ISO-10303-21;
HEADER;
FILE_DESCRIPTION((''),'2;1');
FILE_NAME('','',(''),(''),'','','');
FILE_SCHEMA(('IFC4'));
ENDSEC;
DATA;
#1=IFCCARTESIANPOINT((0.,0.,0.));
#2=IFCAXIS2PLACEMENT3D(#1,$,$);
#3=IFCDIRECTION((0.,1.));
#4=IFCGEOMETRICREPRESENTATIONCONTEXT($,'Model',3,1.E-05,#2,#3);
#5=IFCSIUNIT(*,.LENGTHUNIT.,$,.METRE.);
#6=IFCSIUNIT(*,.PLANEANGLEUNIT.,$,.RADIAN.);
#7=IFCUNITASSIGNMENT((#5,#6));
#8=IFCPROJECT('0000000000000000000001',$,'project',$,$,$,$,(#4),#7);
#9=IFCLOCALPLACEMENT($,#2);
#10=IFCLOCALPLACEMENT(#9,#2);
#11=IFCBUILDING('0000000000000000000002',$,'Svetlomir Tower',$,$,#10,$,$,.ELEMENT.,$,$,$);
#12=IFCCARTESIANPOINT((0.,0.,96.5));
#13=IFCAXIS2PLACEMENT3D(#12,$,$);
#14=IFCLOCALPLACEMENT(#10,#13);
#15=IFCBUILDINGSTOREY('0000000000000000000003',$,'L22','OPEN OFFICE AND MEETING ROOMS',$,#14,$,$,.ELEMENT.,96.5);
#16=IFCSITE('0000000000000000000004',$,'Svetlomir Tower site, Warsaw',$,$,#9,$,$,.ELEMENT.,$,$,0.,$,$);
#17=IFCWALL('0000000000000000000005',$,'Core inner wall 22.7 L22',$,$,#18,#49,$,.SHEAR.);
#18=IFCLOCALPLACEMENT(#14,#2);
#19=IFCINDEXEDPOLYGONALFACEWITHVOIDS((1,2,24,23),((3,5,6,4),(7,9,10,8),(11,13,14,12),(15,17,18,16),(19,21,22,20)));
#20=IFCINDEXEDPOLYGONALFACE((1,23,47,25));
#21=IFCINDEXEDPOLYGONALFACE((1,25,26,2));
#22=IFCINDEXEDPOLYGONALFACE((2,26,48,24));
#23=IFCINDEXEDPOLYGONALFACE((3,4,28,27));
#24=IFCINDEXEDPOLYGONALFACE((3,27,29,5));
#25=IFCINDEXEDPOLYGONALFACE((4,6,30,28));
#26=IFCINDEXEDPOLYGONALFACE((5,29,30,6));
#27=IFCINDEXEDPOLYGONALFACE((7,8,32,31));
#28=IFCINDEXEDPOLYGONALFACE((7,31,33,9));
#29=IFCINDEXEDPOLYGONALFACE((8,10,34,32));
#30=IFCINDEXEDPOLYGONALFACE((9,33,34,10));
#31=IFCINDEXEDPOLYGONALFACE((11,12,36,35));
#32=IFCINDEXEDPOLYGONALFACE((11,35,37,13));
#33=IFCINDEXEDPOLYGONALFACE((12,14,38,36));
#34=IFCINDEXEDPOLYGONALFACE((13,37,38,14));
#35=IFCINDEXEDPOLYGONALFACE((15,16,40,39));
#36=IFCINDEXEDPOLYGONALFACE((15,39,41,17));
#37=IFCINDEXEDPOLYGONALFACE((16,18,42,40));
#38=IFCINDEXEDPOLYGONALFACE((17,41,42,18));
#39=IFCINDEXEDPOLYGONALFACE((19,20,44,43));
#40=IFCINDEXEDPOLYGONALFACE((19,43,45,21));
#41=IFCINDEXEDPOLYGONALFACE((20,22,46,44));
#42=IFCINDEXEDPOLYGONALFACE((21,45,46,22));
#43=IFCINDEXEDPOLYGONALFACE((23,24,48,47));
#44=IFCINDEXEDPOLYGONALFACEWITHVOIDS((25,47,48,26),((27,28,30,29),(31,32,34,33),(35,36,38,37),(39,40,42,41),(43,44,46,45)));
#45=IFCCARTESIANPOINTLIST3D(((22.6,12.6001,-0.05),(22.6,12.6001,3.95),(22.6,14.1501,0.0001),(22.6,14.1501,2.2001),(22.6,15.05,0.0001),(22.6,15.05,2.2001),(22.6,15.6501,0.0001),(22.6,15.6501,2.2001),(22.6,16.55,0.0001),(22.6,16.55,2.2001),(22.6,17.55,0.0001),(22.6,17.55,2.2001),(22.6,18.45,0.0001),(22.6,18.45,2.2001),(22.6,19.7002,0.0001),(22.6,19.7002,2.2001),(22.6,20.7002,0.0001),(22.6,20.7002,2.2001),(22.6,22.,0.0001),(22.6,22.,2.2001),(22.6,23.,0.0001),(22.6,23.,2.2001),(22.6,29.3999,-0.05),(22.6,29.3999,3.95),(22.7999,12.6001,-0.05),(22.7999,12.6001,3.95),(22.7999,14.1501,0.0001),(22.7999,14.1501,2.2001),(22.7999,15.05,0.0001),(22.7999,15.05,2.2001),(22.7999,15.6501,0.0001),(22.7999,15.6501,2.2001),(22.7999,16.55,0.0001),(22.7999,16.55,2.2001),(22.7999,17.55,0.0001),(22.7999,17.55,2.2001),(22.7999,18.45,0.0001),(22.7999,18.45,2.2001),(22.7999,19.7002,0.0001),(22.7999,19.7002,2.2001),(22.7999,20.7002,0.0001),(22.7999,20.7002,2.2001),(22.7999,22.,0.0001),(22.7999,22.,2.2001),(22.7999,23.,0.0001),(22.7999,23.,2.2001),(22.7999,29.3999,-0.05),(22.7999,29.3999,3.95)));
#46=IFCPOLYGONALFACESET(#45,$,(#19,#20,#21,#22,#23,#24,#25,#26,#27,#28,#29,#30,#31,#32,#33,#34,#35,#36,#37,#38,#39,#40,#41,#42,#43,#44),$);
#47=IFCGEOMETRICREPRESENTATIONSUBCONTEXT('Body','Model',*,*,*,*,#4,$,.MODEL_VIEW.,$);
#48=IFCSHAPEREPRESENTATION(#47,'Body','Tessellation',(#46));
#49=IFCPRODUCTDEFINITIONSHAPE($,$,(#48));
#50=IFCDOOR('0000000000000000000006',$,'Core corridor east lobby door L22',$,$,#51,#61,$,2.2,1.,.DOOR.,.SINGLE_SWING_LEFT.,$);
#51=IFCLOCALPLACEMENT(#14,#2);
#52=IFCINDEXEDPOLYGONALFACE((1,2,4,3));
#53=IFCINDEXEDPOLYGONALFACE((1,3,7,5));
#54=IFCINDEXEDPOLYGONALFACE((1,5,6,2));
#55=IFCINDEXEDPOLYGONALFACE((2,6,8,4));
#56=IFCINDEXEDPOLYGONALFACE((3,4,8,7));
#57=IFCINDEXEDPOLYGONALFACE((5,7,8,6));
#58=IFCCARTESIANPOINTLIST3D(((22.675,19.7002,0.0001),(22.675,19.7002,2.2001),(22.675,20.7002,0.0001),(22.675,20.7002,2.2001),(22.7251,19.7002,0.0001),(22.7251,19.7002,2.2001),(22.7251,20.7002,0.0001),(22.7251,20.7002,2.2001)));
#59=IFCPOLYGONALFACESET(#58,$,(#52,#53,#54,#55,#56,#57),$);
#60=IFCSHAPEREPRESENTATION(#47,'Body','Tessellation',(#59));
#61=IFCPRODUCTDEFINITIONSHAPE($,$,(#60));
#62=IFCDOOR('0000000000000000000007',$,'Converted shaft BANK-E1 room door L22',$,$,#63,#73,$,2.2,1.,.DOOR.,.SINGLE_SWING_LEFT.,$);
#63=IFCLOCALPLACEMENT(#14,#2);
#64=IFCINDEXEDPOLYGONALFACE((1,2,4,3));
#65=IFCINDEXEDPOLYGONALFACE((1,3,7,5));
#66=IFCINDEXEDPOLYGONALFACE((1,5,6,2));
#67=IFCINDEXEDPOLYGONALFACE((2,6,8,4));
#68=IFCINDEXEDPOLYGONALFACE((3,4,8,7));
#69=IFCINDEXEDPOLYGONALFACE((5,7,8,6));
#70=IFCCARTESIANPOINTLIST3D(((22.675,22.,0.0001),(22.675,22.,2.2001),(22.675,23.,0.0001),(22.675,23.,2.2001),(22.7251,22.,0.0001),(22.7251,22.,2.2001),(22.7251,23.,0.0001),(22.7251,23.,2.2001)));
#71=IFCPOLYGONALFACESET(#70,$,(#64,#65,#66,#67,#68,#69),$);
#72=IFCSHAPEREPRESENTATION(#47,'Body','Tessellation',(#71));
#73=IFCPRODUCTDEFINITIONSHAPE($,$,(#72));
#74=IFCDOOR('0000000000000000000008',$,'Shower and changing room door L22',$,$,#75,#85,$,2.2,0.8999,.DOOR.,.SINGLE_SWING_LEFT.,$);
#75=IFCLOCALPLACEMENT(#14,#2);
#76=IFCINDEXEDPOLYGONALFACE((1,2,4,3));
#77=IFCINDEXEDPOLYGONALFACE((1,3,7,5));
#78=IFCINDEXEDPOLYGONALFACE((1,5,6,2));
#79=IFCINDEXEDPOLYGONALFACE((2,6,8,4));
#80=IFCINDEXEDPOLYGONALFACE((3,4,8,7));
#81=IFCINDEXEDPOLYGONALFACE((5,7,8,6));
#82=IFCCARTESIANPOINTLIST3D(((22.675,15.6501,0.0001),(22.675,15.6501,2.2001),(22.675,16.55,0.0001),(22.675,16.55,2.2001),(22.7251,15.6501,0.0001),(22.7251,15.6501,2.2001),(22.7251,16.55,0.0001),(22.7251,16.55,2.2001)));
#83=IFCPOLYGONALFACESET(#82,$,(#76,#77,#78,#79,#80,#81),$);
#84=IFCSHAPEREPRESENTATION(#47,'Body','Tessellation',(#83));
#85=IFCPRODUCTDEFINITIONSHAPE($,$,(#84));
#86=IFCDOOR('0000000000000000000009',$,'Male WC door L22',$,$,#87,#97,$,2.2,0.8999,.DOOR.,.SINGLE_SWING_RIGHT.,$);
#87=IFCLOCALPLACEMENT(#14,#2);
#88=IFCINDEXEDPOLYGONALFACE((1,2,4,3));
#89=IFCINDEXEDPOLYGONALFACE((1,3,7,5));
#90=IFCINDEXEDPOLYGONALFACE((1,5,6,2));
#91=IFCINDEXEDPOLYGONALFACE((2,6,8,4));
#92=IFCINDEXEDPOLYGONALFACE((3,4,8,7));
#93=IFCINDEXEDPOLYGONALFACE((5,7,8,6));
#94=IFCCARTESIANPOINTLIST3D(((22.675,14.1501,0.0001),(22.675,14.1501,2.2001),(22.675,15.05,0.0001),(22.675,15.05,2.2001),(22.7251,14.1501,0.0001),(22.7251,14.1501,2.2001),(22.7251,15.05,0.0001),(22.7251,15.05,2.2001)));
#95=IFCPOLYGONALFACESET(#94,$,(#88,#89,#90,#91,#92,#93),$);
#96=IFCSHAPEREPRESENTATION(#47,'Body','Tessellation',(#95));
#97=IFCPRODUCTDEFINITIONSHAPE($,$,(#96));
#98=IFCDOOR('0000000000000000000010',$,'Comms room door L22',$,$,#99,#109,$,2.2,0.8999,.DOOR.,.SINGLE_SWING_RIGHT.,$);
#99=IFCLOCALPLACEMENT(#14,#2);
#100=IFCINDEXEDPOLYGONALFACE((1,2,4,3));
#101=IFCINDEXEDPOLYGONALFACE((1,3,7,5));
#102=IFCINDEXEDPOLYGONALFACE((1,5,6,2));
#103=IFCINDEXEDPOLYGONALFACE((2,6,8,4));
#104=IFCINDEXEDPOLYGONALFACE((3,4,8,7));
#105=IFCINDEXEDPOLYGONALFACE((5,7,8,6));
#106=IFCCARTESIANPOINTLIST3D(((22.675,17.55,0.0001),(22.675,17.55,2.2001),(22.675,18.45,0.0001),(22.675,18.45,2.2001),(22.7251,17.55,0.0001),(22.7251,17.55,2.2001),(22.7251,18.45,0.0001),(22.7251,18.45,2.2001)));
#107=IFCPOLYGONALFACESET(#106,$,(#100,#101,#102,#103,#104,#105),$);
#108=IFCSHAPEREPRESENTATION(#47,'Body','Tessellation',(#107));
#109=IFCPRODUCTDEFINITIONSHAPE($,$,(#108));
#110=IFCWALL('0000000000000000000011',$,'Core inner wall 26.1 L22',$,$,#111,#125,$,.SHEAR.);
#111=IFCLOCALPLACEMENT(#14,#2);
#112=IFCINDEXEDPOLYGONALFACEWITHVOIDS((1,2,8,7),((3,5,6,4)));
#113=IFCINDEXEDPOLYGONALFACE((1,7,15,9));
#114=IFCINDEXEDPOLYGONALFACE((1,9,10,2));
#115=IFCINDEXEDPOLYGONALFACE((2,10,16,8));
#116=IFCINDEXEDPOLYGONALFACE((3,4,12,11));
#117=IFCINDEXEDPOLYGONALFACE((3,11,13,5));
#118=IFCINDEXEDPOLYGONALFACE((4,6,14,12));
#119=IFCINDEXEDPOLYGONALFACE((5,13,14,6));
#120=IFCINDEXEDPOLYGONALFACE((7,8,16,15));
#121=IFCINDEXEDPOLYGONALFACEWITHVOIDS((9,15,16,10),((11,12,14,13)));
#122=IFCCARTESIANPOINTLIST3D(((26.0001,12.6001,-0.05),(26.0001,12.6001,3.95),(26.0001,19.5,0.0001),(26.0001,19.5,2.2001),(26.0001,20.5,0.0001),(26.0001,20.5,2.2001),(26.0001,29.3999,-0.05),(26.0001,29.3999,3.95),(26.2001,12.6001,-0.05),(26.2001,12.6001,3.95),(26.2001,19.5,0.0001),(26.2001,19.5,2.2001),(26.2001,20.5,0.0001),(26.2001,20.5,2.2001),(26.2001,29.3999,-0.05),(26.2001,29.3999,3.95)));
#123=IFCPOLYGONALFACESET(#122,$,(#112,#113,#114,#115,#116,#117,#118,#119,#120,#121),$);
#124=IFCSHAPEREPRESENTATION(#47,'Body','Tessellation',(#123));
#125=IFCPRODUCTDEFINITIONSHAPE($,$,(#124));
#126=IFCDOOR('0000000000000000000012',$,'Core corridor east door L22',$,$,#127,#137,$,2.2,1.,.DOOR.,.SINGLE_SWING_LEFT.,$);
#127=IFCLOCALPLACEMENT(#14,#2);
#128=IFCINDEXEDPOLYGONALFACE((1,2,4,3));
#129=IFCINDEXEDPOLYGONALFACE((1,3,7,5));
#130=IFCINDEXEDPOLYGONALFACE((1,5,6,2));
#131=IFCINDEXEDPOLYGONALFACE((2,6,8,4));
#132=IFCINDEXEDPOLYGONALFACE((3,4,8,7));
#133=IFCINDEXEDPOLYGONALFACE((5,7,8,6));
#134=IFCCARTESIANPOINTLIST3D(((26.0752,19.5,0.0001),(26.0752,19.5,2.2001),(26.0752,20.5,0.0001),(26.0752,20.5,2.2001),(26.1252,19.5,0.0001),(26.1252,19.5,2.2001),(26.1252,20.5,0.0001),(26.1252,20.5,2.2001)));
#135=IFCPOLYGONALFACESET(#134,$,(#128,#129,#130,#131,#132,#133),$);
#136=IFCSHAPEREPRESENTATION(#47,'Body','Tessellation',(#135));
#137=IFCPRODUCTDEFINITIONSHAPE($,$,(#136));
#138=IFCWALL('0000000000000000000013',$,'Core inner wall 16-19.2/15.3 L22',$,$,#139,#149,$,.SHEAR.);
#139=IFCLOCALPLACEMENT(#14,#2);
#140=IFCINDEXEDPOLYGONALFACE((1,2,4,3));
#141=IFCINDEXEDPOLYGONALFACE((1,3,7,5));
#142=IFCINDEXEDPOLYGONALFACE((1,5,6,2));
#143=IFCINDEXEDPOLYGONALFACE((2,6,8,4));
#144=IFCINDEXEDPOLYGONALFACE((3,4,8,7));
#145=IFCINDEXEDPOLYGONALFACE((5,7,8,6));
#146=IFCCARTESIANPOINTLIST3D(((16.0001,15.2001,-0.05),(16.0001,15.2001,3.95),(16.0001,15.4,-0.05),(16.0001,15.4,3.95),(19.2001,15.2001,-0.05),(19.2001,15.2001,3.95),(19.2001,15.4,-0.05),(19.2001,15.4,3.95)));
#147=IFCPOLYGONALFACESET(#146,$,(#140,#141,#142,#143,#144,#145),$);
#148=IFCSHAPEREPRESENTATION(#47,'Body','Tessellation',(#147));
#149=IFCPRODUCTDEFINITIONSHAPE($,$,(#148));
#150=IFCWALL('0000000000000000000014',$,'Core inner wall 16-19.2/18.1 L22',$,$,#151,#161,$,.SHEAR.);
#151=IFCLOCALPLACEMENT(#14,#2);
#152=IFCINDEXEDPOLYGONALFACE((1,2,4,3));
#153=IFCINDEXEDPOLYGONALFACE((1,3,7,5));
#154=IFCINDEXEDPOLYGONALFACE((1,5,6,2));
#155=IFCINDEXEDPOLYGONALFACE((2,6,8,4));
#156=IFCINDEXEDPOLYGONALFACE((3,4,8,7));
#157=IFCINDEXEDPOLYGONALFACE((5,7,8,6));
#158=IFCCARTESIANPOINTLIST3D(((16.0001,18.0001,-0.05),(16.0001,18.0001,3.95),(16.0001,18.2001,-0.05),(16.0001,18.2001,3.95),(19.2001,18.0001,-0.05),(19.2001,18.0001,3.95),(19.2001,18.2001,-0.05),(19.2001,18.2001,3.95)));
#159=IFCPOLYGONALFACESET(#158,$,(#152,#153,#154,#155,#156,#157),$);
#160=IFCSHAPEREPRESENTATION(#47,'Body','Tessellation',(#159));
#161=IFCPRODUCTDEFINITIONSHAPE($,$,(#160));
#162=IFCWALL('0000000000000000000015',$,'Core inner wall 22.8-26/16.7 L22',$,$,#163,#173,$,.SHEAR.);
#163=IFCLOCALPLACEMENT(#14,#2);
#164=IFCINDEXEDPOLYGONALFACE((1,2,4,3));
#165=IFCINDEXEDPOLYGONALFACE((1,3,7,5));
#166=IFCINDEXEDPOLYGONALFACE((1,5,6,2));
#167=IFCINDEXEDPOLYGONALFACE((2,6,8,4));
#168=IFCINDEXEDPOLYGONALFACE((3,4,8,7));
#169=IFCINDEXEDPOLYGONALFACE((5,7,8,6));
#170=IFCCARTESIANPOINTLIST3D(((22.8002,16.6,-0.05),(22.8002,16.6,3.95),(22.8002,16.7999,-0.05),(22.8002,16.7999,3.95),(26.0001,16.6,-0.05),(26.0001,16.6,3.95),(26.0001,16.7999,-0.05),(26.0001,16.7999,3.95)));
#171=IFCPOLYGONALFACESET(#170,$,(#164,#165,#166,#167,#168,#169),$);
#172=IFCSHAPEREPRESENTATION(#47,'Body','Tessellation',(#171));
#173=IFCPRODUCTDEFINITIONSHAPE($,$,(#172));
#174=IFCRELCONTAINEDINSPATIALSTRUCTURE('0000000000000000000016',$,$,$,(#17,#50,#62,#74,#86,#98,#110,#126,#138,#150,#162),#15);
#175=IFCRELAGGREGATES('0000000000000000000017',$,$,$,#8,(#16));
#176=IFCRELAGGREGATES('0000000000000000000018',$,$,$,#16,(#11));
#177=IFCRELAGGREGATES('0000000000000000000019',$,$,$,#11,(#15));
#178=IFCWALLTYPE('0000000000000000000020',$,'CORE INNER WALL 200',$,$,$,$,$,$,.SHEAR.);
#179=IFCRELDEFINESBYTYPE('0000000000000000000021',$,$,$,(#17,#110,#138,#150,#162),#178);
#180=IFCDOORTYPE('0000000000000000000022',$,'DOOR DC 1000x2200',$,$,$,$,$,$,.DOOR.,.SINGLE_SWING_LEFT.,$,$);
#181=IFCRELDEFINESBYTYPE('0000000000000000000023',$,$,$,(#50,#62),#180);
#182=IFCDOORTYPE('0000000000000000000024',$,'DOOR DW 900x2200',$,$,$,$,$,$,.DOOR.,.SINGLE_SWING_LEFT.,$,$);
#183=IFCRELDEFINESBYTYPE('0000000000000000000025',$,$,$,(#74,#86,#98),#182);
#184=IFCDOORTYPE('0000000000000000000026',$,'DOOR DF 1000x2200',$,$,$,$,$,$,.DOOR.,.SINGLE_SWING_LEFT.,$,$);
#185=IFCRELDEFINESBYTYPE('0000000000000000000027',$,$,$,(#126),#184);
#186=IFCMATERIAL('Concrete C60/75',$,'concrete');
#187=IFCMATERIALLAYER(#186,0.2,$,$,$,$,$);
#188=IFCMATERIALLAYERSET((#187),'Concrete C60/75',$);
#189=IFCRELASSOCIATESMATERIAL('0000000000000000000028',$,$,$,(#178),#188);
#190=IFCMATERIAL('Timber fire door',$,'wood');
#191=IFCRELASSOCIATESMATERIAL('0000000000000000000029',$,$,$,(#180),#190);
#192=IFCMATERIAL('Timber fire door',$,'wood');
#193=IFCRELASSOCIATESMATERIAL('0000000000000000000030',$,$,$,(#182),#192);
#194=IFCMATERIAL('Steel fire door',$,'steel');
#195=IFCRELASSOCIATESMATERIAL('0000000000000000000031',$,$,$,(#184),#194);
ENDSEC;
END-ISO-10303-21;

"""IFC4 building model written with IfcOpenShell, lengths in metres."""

from ifc_helpers import new_model, si_unit, direction, frame, frame_2d, origin, place, context, subcontext, project, spatial, rectangle, extrude, material, layer, layer_set, type_object, element, fill, save


model = new_model("IFC4")

# Units and contexts
model_context = context("Model", 3, precision=1e-05, world=origin(), true_north=direction((0.0, 1.0)))
body_context = subcontext(model_context, "Body", "Model", "MODEL_VIEW")
ifc_project = project(units=[si_unit("LENGTHUNIT", "METRE"), si_unit("PLANEANGLEUNIT", "RADIAN")], contexts=[model_context])

# Site, building, storey
site_placement = place(None, origin())
site = spatial("IfcSite", under=ifc_project, at=site_placement, Name="Svetlomir Tower site, Warsaw", CompositionType="ELEMENT", RefElevation=0.0)
building_placement = place(site_placement, origin())
building = spatial("IfcBuilding", under=site, at=building_placement, Name="Svetlomir Tower", CompositionType="ELEMENT")
storey_placement = place(building_placement, frame((0.0, 0.0, 96.5)))
storey = spatial("IfcBuildingStorey", under=building, at=storey_placement, Name="L22", Description="OPEN OFFICE AND MEETING ROOMS", CompositionType="ELEMENT", Elevation=96.5)

# Wall, openings, doors
ifc_material_1 = material(Name="Concrete C60/75", Category="concrete")
ifc_layer_1 = layer(ifc_material_1, 0.2)
ifc_layer_set_1 = layer_set([ifc_layer_1], Name="Concrete C60/75")
wall_type_1 = type_object("IfcWallType", Name="CORE INNER WALL 200", PredefinedType="SHEAR", material=ifc_layer_set_1)
wall_1_placement = place(storey_placement, frame((22.7, 12.6001, -0.05), z_axis=(0.0, 0.0, 1.0), x_axis=(0.0, 1.0, 0.0)))
wall_1 = element("IfcWall", 1, at=wall_1_placement, inside=storey, type_object=wall_type_1, Name="Core inner wall 22.7 L22", PredefinedType="SHEAR", context=body_context, shape_type="SweptSolid", body=[
    extrude(rectangle(XDim=16.7998, YDim=0.2, at=frame_2d((8.3999, 0.0))), origin(), (0.0, 0.0, 1.0), 4.0),
])
opening_1_placement = place(wall_1_placement, frame((3.05, 0.0, 0.05)))
opening_1 = element("IfcOpeningElement", 2, at=opening_1_placement, cuts=wall_1, PredefinedType="OPENING", context=body_context, shape_type="SweptSolid", body=[
    extrude(rectangle(XDim=0.8999, YDim=2.2, at=frame_2d((0.45, 1.1001))), frame((0.0, 0.1099, 0.0), z_axis=(0.0, -1.0, 0.0), x_axis=(1.0, 0.0, 0.0)), (0.0, 0.0, 1.0), 0.22),
])
opening_2_placement = place(wall_1_placement, frame((7.1001, 0.0, 0.05)))
opening_2 = element("IfcOpeningElement", 3, at=opening_2_placement, cuts=wall_1, PredefinedType="OPENING", context=body_context, shape_type="SweptSolid", body=[
    extrude(rectangle(XDim=1.0, YDim=2.2, at=frame_2d((0.5, 1.1001))), frame((0.0, 0.1099, 0.0), z_axis=(0.0, -1.0, 0.0), x_axis=(1.0, 0.0, 0.0)), (0.0, 0.0, 1.0), 0.22),
])
opening_3_placement = place(wall_1_placement, frame((1.55, 0.0, 0.05)))
opening_3 = element("IfcOpeningElement", 4, at=opening_3_placement, cuts=wall_1, PredefinedType="OPENING", context=body_context, shape_type="SweptSolid", body=[
    extrude(rectangle(XDim=0.8999, YDim=2.2, at=frame_2d((0.45, 1.1001))), frame((0.0, 0.1099, 0.0), z_axis=(0.0, -1.0, 0.0), x_axis=(1.0, 0.0, 0.0)), (0.0, 0.0, 1.0), 0.22),
])
opening_4_placement = place(wall_1_placement, frame((4.95, 0.0, 0.05)))
opening_4 = element("IfcOpeningElement", 5, at=opening_4_placement, cuts=wall_1, PredefinedType="OPENING", context=body_context, shape_type="SweptSolid", body=[
    extrude(rectangle(XDim=0.8999, YDim=2.2, at=frame_2d((0.45, 1.1001))), frame((0.0, 0.1099, 0.0), z_axis=(0.0, -1.0, 0.0), x_axis=(1.0, 0.0, 0.0)), (0.0, 0.0, 1.0), 0.22),
])
opening_5_placement = place(wall_1_placement, frame((9.3999, 0.0, 0.05)))
opening_5 = element("IfcOpeningElement", 6, at=opening_5_placement, cuts=wall_1, PredefinedType="OPENING", context=body_context, shape_type="SweptSolid", body=[
    extrude(rectangle(XDim=1.0, YDim=2.2, at=frame_2d((0.5, 1.1001))), frame((0.0, 0.1099, 0.0), z_axis=(0.0, -1.0, 0.0), x_axis=(1.0, 0.0, 0.0)), (0.0, 0.0, 1.0), 0.22),
])
ifc_material_2 = material(Name="Timber fire door", Category="wood")
door_type_1 = type_object("IfcDoorType", Name="DOOR DC 1000x2200", OperationType="SINGLE_SWING_LEFT", PredefinedType="DOOR", material=ifc_material_2)
door_1_placement = place(opening_2_placement, origin())
door_1 = element("IfcDoor", 7, at=door_1_placement, inside=storey, type_object=door_type_1, Name="Core corridor east lobby door L22", OperationType="SINGLE_SWING_LEFT", OverallHeight=2.2, OverallWidth=1.0, PredefinedType="DOOR", context=body_context, shape_type="SweptSolid", body=[
    extrude(rectangle(XDim=1.0, YDim=2.2, at=frame_2d((0.5, 1.1001))), frame((0.0, 0.0249, 0.0), z_axis=(0.0, -1.0, 0.0), x_axis=(1.0, 0.0, 0.0)), (0.0, 0.0, 1.0), 0.05),
])
fill(opening_2, door_1)
door_2_placement = place(opening_5_placement, origin())
door_2 = element("IfcDoor", 8, at=door_2_placement, inside=storey, type_object=door_type_1, Name="Converted shaft BANK-E1 room door L22", OperationType="SINGLE_SWING_LEFT", OverallHeight=2.2, OverallWidth=1.0, PredefinedType="DOOR", context=body_context, shape_type="SweptSolid", body=[
    extrude(rectangle(XDim=1.0, YDim=2.2, at=frame_2d((0.5, 1.1001))), frame((0.0, 0.0249, 0.0), z_axis=(0.0, -1.0, 0.0), x_axis=(1.0, 0.0, 0.0)), (0.0, 0.0, 1.0), 0.05),
])
fill(opening_5, door_2)
ifc_material_3 = material(Name="Timber fire door", Category="wood")
door_type_2 = type_object("IfcDoorType", Name="DOOR DW 900x2200", OperationType="SINGLE_SWING_LEFT", PredefinedType="DOOR", material=ifc_material_3)
door_3_placement = place(opening_1_placement, origin())
door_3 = element("IfcDoor", 9, at=door_3_placement, inside=storey, type_object=door_type_2, Name="Shower and changing room door L22", OperationType="SINGLE_SWING_LEFT", OverallHeight=2.2, OverallWidth=0.8999, PredefinedType="DOOR", context=body_context, shape_type="SweptSolid", body=[
    extrude(rectangle(XDim=0.8999, YDim=2.2, at=frame_2d((0.45, 1.1001))), frame((0.0, 0.0249, 0.0), z_axis=(0.0, -1.0, 0.0), x_axis=(1.0, 0.0, 0.0)), (0.0, 0.0, 1.0), 0.05),
])
fill(opening_1, door_3)
door_4_placement = place(opening_3_placement, origin())
door_4 = element("IfcDoor", 10, at=door_4_placement, inside=storey, type_object=door_type_2, Name="Male WC door L22", OperationType="SINGLE_SWING_RIGHT", OverallHeight=2.2, OverallWidth=0.8999, PredefinedType="DOOR", context=body_context, shape_type="SweptSolid", body=[
    extrude(rectangle(XDim=0.8999, YDim=2.2, at=frame_2d((0.45, 1.1001))), frame((0.0, 0.0249, 0.0), z_axis=(0.0, -1.0, 0.0), x_axis=(1.0, 0.0, 0.0)), (0.0, 0.0, 1.0), 0.05),
])
fill(opening_3, door_4)
door_5_placement = place(opening_4_placement, origin())
door_5 = element("IfcDoor", 11, at=door_5_placement, inside=storey, type_object=door_type_2, Name="Comms room door L22", OperationType="SINGLE_SWING_RIGHT", OverallHeight=2.2, OverallWidth=0.8999, PredefinedType="DOOR", context=body_context, shape_type="SweptSolid", body=[
    extrude(rectangle(XDim=0.8999, YDim=2.2, at=frame_2d((0.45, 1.1001))), frame((0.0, 0.0249, 0.0), z_axis=(0.0, -1.0, 0.0), x_axis=(1.0, 0.0, 0.0)), (0.0, 0.0, 1.0), 0.05),
])
fill(opening_4, door_5)

# Wall, opening, door
wall_2_placement = place(storey_placement, frame((26.1001, 12.6001, -0.05), z_axis=(0.0, 0.0, 1.0), x_axis=(0.0, 1.0, 0.0)))
wall_2 = element("IfcWall", 12, at=wall_2_placement, inside=storey, type_object=wall_type_1, Name="Core inner wall 26.1 L22", PredefinedType="SHEAR", context=body_context, shape_type="SweptSolid", body=[
    extrude(rectangle(XDim=16.7998, YDim=0.2, at=frame_2d((8.3999, 0.0))), origin(), (0.0, 0.0, 1.0), 4.0),
])
opening_6_placement = place(wall_2_placement, frame((6.8999, 0.0, 0.05)))
opening_6 = element("IfcOpeningElement", 13, at=opening_6_placement, cuts=wall_2, PredefinedType="OPENING", context=body_context, shape_type="SweptSolid", body=[
    extrude(rectangle(XDim=1.0, YDim=2.2, at=frame_2d((0.5, 1.1001))), frame((0.0, 0.1099, 0.0), z_axis=(0.0, -1.0, 0.0), x_axis=(1.0, 0.0, 0.0)), (0.0, 0.0, 1.0), 0.22),
])
ifc_material_4 = material(Name="Steel fire door", Category="steel")
door_type_3 = type_object("IfcDoorType", Name="DOOR DF 1000x2200", OperationType="SINGLE_SWING_LEFT", PredefinedType="DOOR", material=ifc_material_4)
door_6_placement = place(opening_6_placement, origin())
door_6 = element("IfcDoor", 14, at=door_6_placement, inside=storey, type_object=door_type_3, Name="Core corridor east door L22", OperationType="SINGLE_SWING_LEFT", OverallHeight=2.2, OverallWidth=1.0, PredefinedType="DOOR", context=body_context, shape_type="SweptSolid", body=[
    extrude(rectangle(XDim=1.0, YDim=2.2, at=frame_2d((0.5, 1.1001))), frame((0.0, 0.0249, 0.0), z_axis=(0.0, -1.0, 0.0), x_axis=(1.0, 0.0, 0.0)), (0.0, 0.0, 1.0), 0.05),
])
fill(opening_6, door_6)

# Walls
for number, where, z_axis, x_axis, name in (
    (15, (16.0, 15.3, -0.05), (0.0, 0.0, 1.0), (1.0, 0.0, 0.0), "Core inner wall 16-19.2/15.3 L22"),
    (16, (16.0, 18.1001, -0.05), (0.0, 0.0, 1.0), (1.0, 0.0, 0.0), "Core inner wall 16-19.2/18.1 L22"),
    (17, (22.8, 16.7, -0.05), (0.0, 0.0, 1.0), (1.0, 0.0, 0.0), "Core inner wall 22.8-26/16.7 L22"),
):
    element("IfcWall", number, at=place(storey_placement, frame(where, z_axis=z_axis, x_axis=x_axis)), inside=storey, type_object=wall_type_1, Name=name, PredefinedType="SHEAR", context=body_context, shape_type="SweptSolid", body=[
        extrude(rectangle(XDim=3.2, YDim=0.2, at=frame_2d((1.6001, 0.0))), origin(), (0.0, 0.0, 1.0), 4.0),
    ])

save(model, "model.ifc")
